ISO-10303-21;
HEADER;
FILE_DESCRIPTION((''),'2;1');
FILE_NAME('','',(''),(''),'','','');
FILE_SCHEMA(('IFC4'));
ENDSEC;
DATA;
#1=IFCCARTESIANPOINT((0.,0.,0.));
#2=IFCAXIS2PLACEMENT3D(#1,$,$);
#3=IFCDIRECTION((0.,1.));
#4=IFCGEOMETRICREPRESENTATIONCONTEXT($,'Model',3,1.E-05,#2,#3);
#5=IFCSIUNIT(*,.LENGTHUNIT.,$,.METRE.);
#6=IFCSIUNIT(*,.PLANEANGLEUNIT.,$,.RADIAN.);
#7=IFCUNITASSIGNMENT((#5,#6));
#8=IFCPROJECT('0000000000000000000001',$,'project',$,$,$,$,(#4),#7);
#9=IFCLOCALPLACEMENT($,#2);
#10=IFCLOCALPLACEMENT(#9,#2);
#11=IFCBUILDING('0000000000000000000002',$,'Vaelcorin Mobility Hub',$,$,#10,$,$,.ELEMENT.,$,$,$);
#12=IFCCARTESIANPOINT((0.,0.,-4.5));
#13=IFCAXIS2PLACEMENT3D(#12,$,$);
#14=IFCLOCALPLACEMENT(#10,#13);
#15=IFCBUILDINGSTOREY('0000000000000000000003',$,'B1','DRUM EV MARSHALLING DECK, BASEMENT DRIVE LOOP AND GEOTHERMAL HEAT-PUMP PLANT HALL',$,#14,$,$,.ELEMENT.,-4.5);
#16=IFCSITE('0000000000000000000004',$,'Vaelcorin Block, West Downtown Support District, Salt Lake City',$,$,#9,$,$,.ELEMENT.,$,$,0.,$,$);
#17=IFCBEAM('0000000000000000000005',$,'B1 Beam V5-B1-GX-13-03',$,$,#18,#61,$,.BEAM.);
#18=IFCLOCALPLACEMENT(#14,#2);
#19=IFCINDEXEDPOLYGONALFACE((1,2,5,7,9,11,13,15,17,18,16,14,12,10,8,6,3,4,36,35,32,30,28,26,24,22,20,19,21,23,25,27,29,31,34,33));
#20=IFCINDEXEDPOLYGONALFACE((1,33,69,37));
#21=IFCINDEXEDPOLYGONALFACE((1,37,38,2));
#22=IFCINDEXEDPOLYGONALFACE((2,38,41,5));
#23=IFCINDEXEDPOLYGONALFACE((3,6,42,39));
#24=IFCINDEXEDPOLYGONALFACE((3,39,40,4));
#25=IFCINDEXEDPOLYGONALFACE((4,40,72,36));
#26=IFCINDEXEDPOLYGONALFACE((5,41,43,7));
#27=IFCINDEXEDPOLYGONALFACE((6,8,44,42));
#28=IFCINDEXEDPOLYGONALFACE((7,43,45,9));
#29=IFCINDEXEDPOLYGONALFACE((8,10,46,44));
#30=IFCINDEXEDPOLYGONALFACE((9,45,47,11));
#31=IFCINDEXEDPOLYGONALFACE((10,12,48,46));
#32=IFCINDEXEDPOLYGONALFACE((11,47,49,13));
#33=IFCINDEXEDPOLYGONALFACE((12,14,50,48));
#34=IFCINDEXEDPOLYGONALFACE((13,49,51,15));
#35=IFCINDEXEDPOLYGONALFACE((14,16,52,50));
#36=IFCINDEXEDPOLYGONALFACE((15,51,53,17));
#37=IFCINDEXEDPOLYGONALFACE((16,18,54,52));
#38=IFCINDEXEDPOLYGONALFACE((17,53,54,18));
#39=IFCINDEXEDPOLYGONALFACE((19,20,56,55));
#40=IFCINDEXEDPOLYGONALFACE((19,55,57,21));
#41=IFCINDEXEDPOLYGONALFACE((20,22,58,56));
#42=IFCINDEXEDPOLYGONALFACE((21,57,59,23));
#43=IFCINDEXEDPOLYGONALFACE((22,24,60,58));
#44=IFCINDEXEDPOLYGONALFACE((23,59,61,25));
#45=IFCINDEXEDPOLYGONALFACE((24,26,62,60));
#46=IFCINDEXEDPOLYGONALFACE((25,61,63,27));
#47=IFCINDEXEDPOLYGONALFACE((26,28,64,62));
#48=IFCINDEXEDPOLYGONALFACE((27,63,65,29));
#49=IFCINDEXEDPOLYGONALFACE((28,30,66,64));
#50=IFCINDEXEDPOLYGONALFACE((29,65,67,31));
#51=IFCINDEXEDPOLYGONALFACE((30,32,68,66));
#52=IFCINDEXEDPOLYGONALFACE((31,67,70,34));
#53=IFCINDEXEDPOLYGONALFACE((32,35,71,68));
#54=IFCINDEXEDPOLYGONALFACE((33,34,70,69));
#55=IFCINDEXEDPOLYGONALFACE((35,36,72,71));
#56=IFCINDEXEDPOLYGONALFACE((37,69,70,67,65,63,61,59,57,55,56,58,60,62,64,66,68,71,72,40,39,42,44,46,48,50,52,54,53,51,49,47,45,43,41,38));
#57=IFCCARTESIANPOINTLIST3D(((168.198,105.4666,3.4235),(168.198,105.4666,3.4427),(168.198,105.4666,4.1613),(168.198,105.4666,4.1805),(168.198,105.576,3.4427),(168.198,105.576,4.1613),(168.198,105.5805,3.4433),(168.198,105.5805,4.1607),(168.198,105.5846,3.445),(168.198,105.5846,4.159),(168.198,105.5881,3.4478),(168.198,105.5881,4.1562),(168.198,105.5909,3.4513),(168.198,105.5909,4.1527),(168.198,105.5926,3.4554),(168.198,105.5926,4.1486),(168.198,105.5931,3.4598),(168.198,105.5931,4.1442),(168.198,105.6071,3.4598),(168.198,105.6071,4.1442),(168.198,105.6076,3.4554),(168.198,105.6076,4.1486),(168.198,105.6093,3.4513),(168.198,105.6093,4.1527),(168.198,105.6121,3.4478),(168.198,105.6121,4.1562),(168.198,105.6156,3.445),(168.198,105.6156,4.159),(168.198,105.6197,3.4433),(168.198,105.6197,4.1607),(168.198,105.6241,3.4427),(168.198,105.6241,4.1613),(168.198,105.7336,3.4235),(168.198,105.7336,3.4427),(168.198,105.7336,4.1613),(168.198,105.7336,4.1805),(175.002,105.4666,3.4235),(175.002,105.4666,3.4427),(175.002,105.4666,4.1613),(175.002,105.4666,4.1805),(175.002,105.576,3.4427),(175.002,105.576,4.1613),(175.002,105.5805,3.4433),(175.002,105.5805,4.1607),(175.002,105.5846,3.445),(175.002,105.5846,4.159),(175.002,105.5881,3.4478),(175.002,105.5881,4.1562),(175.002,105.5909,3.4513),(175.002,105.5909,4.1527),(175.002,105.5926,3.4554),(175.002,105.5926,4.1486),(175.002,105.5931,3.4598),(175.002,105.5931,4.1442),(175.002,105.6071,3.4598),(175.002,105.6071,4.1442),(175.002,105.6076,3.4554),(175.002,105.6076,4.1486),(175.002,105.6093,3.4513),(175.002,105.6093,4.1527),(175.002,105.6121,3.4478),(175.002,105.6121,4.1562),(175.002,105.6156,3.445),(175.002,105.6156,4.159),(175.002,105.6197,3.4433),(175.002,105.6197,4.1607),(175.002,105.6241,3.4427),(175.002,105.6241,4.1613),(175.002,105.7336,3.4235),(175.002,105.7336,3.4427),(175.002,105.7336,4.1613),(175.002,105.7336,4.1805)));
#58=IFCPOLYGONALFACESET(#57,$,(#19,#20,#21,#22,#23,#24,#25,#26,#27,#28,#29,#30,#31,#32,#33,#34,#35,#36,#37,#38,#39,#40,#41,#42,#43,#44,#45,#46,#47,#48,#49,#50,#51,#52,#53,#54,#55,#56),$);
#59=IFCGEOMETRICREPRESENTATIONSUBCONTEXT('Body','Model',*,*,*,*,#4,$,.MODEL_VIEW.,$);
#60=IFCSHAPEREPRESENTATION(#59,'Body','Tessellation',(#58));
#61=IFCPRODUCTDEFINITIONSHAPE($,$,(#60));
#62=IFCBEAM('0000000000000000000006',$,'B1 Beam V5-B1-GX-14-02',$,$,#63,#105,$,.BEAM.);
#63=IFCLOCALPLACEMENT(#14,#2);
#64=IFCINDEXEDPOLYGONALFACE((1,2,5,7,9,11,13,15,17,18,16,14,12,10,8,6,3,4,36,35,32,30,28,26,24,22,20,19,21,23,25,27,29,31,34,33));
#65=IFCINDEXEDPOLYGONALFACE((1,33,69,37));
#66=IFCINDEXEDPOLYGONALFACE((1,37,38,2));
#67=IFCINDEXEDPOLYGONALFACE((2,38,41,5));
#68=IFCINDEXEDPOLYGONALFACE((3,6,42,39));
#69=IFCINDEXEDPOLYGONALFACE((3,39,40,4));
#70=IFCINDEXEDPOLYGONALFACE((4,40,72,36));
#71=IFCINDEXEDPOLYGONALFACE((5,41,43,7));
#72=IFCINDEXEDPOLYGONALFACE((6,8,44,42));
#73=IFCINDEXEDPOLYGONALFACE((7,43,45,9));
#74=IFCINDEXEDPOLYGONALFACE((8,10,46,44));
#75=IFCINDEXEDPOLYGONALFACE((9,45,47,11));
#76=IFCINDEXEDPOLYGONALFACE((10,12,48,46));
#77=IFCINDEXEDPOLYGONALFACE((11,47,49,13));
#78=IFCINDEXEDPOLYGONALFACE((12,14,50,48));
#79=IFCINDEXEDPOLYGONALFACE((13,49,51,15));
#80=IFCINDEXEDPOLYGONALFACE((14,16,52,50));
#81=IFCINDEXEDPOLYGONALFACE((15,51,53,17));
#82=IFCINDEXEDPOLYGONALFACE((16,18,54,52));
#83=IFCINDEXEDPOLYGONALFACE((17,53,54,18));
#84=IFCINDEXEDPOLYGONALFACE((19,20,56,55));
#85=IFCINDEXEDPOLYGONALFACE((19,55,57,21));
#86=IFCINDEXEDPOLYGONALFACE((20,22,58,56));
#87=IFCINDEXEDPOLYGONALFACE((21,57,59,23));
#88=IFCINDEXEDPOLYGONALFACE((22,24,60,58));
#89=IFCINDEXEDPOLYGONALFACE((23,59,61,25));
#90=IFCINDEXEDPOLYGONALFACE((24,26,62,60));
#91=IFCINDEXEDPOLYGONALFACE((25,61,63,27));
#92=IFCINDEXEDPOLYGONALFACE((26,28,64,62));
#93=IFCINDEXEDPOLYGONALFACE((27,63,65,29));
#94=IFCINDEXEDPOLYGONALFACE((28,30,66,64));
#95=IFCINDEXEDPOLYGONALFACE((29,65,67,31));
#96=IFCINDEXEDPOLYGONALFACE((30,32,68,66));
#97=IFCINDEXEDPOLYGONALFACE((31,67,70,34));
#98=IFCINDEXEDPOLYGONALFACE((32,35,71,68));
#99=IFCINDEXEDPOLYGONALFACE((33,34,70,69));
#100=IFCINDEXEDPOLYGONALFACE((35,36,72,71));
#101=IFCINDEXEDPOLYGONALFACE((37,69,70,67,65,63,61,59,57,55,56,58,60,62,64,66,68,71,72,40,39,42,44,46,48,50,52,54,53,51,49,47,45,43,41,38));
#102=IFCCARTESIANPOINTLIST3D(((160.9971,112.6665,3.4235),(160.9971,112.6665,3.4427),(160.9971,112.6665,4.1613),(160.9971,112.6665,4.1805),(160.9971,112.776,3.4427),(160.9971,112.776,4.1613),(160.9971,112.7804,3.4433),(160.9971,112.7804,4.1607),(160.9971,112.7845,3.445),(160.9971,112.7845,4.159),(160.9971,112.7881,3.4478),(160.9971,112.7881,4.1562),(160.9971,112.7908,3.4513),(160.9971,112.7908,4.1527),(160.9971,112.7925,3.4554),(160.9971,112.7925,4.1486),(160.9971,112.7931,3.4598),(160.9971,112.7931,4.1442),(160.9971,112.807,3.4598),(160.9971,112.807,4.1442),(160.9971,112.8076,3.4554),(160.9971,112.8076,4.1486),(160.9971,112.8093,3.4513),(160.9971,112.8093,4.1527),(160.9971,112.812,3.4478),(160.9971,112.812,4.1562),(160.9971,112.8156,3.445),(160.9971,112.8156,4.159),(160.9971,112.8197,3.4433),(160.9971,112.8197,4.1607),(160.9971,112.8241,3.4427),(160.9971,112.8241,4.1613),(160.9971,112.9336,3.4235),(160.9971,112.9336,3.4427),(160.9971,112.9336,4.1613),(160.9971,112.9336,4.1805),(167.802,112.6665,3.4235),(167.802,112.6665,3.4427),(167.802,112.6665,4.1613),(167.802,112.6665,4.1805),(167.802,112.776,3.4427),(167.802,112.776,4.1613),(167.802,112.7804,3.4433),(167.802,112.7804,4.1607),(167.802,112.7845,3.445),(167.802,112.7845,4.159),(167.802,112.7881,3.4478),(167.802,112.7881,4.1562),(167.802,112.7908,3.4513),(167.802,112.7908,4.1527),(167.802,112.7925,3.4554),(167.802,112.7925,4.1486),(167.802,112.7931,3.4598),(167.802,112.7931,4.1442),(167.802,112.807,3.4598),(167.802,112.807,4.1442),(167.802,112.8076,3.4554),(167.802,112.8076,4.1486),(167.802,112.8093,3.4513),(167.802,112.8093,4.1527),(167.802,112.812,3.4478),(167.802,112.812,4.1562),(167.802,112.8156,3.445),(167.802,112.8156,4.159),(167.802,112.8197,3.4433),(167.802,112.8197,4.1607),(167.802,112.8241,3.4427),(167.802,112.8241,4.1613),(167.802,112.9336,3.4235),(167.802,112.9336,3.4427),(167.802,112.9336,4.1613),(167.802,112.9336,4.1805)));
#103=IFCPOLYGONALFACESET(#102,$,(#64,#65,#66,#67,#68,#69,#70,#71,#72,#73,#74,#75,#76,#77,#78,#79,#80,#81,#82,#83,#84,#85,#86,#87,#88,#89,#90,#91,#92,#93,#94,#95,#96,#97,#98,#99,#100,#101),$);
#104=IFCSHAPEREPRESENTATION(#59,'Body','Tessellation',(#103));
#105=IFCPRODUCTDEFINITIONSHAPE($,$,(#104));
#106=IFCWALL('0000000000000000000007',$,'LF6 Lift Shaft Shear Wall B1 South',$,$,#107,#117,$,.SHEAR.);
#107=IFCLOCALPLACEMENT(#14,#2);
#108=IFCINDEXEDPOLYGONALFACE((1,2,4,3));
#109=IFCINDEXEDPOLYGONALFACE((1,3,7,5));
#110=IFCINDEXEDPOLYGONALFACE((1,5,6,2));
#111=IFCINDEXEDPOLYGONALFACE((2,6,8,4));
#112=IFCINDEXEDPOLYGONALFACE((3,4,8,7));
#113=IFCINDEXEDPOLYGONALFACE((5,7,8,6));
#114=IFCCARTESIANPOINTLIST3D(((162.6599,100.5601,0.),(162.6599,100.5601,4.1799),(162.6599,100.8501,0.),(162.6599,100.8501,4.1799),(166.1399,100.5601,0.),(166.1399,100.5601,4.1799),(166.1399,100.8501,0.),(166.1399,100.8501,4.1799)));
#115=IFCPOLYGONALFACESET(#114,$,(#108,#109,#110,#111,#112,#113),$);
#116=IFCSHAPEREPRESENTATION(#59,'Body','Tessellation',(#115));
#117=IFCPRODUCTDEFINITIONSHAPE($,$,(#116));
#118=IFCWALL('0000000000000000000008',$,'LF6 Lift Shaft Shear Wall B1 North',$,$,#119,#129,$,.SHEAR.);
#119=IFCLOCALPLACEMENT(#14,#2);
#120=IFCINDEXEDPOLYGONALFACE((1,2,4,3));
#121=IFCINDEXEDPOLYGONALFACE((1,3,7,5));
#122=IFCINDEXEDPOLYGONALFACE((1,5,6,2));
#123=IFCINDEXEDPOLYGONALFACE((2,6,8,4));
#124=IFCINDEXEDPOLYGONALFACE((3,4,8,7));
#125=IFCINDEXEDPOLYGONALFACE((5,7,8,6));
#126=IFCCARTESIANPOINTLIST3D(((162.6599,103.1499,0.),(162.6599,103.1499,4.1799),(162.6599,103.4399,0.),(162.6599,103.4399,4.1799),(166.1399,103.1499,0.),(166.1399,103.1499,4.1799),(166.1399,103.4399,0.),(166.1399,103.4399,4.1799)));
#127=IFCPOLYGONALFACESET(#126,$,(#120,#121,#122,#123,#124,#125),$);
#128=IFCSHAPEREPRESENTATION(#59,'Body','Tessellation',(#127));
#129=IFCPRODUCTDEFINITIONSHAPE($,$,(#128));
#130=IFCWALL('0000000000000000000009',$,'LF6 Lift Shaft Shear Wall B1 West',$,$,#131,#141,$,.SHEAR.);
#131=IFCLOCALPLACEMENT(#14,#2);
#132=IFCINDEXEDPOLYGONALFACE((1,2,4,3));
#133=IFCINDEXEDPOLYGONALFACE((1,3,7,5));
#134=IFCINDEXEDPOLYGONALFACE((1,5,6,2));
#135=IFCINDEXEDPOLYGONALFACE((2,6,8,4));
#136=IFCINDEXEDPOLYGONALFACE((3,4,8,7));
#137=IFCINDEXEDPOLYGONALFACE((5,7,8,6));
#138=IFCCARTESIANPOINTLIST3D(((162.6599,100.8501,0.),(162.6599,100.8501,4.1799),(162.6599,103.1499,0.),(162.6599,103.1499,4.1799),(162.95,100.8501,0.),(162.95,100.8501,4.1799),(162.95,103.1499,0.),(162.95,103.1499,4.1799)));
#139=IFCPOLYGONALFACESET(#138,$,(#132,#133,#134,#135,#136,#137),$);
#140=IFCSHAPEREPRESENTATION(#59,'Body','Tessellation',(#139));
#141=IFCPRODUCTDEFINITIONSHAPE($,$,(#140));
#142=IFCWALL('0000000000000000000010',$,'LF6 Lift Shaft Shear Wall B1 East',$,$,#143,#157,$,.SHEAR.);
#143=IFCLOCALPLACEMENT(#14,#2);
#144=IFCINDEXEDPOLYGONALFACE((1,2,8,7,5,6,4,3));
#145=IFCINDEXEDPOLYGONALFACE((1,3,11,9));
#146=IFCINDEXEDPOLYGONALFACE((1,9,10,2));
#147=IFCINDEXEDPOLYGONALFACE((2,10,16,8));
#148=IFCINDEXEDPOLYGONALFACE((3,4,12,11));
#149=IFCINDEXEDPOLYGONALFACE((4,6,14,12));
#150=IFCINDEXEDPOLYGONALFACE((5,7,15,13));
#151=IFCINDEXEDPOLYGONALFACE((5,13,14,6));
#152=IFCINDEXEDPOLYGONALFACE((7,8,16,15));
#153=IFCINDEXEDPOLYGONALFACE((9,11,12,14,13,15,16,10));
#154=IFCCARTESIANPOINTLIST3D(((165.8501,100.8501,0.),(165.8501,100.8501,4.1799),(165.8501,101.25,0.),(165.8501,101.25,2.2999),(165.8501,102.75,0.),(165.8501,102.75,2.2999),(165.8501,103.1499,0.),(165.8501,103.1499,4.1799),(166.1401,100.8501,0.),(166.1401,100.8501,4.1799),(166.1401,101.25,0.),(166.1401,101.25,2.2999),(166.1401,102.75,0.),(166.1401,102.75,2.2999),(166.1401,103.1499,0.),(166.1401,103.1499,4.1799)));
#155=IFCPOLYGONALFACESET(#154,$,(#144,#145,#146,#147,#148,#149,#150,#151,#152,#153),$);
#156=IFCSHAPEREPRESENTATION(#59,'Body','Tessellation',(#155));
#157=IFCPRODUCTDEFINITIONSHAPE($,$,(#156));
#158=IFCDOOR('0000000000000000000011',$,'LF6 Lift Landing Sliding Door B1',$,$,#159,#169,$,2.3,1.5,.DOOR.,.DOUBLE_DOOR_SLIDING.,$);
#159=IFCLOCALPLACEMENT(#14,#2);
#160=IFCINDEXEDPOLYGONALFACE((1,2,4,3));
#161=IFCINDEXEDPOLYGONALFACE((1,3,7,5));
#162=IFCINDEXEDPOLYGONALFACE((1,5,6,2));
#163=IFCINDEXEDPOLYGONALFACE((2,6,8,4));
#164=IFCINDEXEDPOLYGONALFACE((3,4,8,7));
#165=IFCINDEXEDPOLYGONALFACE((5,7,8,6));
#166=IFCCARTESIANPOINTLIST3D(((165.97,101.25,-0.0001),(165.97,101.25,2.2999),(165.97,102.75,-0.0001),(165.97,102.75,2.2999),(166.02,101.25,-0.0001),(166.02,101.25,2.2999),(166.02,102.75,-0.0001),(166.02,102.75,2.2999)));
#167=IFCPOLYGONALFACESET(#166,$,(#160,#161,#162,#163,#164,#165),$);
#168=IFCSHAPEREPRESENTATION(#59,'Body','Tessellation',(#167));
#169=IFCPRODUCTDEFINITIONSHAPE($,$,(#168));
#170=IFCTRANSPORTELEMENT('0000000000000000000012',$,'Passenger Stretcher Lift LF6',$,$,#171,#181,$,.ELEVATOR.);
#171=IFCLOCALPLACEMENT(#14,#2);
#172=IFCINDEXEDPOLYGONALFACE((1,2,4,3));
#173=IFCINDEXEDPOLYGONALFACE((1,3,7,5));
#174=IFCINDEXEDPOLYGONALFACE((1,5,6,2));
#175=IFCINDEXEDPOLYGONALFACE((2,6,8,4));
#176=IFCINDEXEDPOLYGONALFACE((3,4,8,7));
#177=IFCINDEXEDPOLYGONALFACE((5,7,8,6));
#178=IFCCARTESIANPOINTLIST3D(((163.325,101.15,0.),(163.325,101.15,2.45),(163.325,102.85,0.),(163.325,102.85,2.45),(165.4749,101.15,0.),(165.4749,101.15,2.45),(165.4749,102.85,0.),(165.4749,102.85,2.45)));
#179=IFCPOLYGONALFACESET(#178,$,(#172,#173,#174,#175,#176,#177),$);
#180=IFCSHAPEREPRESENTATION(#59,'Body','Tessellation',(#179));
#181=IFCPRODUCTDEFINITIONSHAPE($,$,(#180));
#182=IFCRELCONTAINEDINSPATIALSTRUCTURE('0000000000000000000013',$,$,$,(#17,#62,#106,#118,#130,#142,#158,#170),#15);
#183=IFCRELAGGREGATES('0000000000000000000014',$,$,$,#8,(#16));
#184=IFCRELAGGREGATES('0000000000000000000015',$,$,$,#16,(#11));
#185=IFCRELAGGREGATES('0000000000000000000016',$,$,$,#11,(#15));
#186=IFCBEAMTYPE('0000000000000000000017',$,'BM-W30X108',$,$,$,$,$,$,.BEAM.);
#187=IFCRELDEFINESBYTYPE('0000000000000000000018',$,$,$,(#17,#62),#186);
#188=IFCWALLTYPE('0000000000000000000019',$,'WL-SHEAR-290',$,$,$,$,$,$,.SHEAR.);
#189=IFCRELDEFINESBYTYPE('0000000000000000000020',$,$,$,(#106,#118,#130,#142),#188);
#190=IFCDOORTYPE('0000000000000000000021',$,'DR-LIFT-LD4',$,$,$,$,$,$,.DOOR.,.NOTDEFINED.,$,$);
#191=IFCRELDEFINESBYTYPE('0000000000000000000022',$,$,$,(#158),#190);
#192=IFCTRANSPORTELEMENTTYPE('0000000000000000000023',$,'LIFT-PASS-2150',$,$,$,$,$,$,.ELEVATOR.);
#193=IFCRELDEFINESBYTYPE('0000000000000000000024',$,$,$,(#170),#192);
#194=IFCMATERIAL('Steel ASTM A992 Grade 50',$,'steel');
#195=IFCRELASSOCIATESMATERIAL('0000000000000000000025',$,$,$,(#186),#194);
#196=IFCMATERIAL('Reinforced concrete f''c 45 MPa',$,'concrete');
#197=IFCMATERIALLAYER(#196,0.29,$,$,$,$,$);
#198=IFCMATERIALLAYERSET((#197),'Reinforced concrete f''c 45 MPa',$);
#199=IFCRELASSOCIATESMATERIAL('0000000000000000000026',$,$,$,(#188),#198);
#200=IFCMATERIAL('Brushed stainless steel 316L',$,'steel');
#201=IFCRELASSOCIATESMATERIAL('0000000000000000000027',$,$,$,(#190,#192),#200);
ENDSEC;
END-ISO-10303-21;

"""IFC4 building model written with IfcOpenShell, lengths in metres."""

from ifc_helpers import new_model, si_unit, direction, frame, frame_2d, origin, origin_2d, place, context, subcontext, project, spatial, rectangle, i_section, extrude, material, layer, layer_set, material_profile, profile_set, type_object, element, fill, save


model = new_model("IFC4")

# Units and contexts
model_context = context("Model", 3, precision=1e-05, world=origin(), true_north=direction((0.0, 1.0)))
body_context = subcontext(model_context, "Body", "Model", "MODEL_VIEW")
ifc_project = project(units=[si_unit("LENGTHUNIT", "METRE"), si_unit("PLANEANGLEUNIT", "RADIAN")], contexts=[model_context])

# Site, building, storey
site_placement = place(None, origin())
site = spatial("IfcSite", under=ifc_project, at=site_placement, Name="Vaelcorin Block, West Downtown Support District, Salt Lake City", CompositionType="ELEMENT", RefElevation=0.0)
building_placement = place(site_placement, origin())
building = spatial("IfcBuilding", under=site, at=building_placement, Name="Vaelcorin Mobility Hub", CompositionType="ELEMENT")
storey_placement = place(building_placement, frame((0.0, 0.0, -4.5)))
storey = spatial("IfcBuildingStorey", under=building, at=storey_placement, Name="B1", Description="DRUM EV MARSHALLING DECK, BASEMENT DRIVE LOOP AND GEOTHERMAL HEAT-PUMP PLANT HALL", CompositionType="ELEMENT", Elevation=-4.5)

# Shared definitions
ifc_material_1 = material(Name="Steel ASTM A992 Grade 50", Category="steel")

# Beams
ifc_material_profile_1 = material_profile(ifc_material_1, i_section(OverallWidth=0.2671, OverallDepth=0.7571, WebThickness=0.0139, FlangeThickness=0.0193, FilletRadius=0.0171, at=origin_2d()), Name="W30X108")
ifc_profile_set_1 = profile_set([ifc_material_profile_1], Name="Steel ASTM A992 Grade 50")
beam_type_1 = type_object("IfcBeamType", Name="BM-W30X108", PredefinedType="BEAM", material=ifc_profile_set_1)
beam_1_placement = place(storey_placement, frame((168.198, 105.6001, 3.802), z_axis=(1.0, 0.0, 0.0), x_axis=(0.0, 1.0, 0.0)))
element("IfcBeam", 1, at=beam_1_placement, inside=storey, type_object=beam_type_1, Name="B1 Beam V5-B1-GX-13-03", PredefinedType="BEAM", context=body_context, shape_type="SweptSolid", body=[
    extrude(i_section(OverallWidth=0.2671, OverallDepth=0.7571, WebThickness=0.0139, FlangeThickness=0.0193, FilletRadius=0.0171, at=origin_2d()), origin(), (0.0, 0.0, 1.0), 6.804),
])
beam_2_placement = place(storey_placement, frame((160.9971, 112.8, 3.802), z_axis=(1.0, 0.0, 0.0), x_axis=(0.0, 1.0, 0.0)))
element("IfcBeam", 2, at=beam_2_placement, inside=storey, type_object=beam_type_1, Name="B1 Beam V5-B1-GX-14-02", PredefinedType="BEAM", context=body_context, shape_type="SweptSolid", body=[
    extrude(i_section(OverallWidth=0.2671, OverallDepth=0.7571, WebThickness=0.0139, FlangeThickness=0.0193, FilletRadius=0.0171, at=origin_2d()), origin(), (0.0, 0.0, 1.0), 6.8049),
])

# Walls
ifc_material_2 = material(Name="Reinforced concrete f'c 45 MPa", Category="concrete")
ifc_layer = layer(ifc_material_2, 0.29)
ifc_layer_set = layer_set([ifc_layer], Name="Reinforced concrete f'c 45 MPa")
wall_type = type_object("IfcWallType", Name="WL-SHEAR-290", PredefinedType="SHEAR", material=ifc_layer_set)
for number, where, z_axis, x_axis, name in (
    (3, (166.1399, 100.7051, 0.0), (0.0, 0.0, 1.0), (-1.0, 0.0, 0.0), "LF6 Lift Shaft Shear Wall B1 South"),
    (4, (162.6599, 103.2949, 0.0), (0.0, 0.0, 1.0), (1.0, 0.0, 0.0), "LF6 Lift Shaft Shear Wall B1 North"),
):
    element("IfcWall", number, at=place(storey_placement, frame(where, z_axis=z_axis, x_axis=x_axis)), inside=storey, type_object=wall_type, Name=name, PredefinedType="SHEAR", context=body_context, shape_type="SweptSolid", body=[
        extrude(rectangle(XDim=3.48, YDim=0.29, at=frame_2d((1.74, 0.0))), origin(), (0.0, 0.0, 1.0), 4.1799),
    ])
wall_1_placement = place(storey_placement, frame((162.8049, 100.8501, 0.0), z_axis=(0.0, 0.0, 1.0), x_axis=(0.0, 1.0, 0.0)))
element("IfcWall", 5, at=wall_1_placement, inside=storey, type_object=wall_type, Name="LF6 Lift Shaft Shear Wall B1 West", PredefinedType="SHEAR", context=body_context, shape_type="SweptSolid", body=[
    extrude(rectangle(XDim=2.2998, YDim=0.29, at=frame_2d((1.1499, 0.0))), origin(), (0.0, 0.0, 1.0), 4.1799),
])

# Wall, opening, door
wall_2_placement = place(storey_placement, frame((165.9951, 103.1499, 0.0), z_axis=(0.0, 0.0, 1.0), x_axis=(0.0, -1.0, 0.0)))
wall_2 = element("IfcWall", 6, at=wall_2_placement, inside=storey, type_object=wall_type, Name="LF6 Lift Shaft Shear Wall B1 East", PredefinedType="SHEAR", context=body_context, shape_type="SweptSolid", body=[
    extrude(rectangle(XDim=2.2998, YDim=0.29, at=frame_2d((1.1499, 0.0))), origin(), (0.0, 0.0, 1.0), 4.1799),
])
opening_placement = place(wall_2_placement, frame((0.3999, 0.0, 0.0)))
opening = element("IfcOpeningElement", 7, at=opening_placement, cuts=wall_2, PredefinedType="OPENING", context=body_context, shape_type="SweptSolid", body=[
    extrude(rectangle(XDim=1.5, YDim=2.3, at=frame_2d((0.75, 1.1499))), frame((0.0, 0.155, 0.0), z_axis=(0.0, -1.0, 0.0), x_axis=(1.0, 0.0, 0.0)), (0.0, 0.0, 1.0), 0.3101),
])
ifc_material_3 = material(Name="Brushed stainless steel 316L", Category="steel")
door_type = type_object("IfcDoorType", Name="DR-LIFT-LD4", OperationType="NOTDEFINED", PredefinedType="DOOR", material=ifc_material_3)
door_placement = place(opening_placement, origin())
door = element("IfcDoor", 8, at=door_placement, inside=storey, type_object=door_type, Name="LF6 Lift Landing Sliding Door B1", OperationType="DOUBLE_DOOR_SLIDING", OverallHeight=2.3, OverallWidth=1.5, PredefinedType="DOOR", context=body_context, shape_type="SweptSolid", body=[
    extrude(rectangle(XDim=1.5, YDim=2.3, at=frame_2d((0.75, 1.1499))), frame((0.0, 0.0249, 0.0), z_axis=(0.0, -1.0, 0.0), x_axis=(1.0, 0.0, 0.0)), (0.0, 0.0, 1.0), 0.05),
])
fill(opening, door)

# Transport element
transport_element_type = type_object("IfcTransportElementType", Name="LIFT-PASS-2150", PredefinedType="ELEVATOR", material=ifc_material_3)
transport_element_placement = place(storey_placement, frame((164.3999, 102.0, 0.0), z_axis=(0.0, 0.0, 1.0), x_axis=(1.0, 0.0, 0.0)))
element("IfcTransportElement", 9, at=transport_element_placement, inside=storey, type_object=transport_element_type, Name="Passenger Stretcher Lift LF6", PredefinedType="ELEVATOR", context=body_context, shape_type="SweptSolid", body=[
    extrude(rectangle(XDim=2.1499, YDim=1.7, at=origin_2d()), origin(), (0.0, 0.0, 1.0), 2.45),
])

save(model, "model.ifc")
